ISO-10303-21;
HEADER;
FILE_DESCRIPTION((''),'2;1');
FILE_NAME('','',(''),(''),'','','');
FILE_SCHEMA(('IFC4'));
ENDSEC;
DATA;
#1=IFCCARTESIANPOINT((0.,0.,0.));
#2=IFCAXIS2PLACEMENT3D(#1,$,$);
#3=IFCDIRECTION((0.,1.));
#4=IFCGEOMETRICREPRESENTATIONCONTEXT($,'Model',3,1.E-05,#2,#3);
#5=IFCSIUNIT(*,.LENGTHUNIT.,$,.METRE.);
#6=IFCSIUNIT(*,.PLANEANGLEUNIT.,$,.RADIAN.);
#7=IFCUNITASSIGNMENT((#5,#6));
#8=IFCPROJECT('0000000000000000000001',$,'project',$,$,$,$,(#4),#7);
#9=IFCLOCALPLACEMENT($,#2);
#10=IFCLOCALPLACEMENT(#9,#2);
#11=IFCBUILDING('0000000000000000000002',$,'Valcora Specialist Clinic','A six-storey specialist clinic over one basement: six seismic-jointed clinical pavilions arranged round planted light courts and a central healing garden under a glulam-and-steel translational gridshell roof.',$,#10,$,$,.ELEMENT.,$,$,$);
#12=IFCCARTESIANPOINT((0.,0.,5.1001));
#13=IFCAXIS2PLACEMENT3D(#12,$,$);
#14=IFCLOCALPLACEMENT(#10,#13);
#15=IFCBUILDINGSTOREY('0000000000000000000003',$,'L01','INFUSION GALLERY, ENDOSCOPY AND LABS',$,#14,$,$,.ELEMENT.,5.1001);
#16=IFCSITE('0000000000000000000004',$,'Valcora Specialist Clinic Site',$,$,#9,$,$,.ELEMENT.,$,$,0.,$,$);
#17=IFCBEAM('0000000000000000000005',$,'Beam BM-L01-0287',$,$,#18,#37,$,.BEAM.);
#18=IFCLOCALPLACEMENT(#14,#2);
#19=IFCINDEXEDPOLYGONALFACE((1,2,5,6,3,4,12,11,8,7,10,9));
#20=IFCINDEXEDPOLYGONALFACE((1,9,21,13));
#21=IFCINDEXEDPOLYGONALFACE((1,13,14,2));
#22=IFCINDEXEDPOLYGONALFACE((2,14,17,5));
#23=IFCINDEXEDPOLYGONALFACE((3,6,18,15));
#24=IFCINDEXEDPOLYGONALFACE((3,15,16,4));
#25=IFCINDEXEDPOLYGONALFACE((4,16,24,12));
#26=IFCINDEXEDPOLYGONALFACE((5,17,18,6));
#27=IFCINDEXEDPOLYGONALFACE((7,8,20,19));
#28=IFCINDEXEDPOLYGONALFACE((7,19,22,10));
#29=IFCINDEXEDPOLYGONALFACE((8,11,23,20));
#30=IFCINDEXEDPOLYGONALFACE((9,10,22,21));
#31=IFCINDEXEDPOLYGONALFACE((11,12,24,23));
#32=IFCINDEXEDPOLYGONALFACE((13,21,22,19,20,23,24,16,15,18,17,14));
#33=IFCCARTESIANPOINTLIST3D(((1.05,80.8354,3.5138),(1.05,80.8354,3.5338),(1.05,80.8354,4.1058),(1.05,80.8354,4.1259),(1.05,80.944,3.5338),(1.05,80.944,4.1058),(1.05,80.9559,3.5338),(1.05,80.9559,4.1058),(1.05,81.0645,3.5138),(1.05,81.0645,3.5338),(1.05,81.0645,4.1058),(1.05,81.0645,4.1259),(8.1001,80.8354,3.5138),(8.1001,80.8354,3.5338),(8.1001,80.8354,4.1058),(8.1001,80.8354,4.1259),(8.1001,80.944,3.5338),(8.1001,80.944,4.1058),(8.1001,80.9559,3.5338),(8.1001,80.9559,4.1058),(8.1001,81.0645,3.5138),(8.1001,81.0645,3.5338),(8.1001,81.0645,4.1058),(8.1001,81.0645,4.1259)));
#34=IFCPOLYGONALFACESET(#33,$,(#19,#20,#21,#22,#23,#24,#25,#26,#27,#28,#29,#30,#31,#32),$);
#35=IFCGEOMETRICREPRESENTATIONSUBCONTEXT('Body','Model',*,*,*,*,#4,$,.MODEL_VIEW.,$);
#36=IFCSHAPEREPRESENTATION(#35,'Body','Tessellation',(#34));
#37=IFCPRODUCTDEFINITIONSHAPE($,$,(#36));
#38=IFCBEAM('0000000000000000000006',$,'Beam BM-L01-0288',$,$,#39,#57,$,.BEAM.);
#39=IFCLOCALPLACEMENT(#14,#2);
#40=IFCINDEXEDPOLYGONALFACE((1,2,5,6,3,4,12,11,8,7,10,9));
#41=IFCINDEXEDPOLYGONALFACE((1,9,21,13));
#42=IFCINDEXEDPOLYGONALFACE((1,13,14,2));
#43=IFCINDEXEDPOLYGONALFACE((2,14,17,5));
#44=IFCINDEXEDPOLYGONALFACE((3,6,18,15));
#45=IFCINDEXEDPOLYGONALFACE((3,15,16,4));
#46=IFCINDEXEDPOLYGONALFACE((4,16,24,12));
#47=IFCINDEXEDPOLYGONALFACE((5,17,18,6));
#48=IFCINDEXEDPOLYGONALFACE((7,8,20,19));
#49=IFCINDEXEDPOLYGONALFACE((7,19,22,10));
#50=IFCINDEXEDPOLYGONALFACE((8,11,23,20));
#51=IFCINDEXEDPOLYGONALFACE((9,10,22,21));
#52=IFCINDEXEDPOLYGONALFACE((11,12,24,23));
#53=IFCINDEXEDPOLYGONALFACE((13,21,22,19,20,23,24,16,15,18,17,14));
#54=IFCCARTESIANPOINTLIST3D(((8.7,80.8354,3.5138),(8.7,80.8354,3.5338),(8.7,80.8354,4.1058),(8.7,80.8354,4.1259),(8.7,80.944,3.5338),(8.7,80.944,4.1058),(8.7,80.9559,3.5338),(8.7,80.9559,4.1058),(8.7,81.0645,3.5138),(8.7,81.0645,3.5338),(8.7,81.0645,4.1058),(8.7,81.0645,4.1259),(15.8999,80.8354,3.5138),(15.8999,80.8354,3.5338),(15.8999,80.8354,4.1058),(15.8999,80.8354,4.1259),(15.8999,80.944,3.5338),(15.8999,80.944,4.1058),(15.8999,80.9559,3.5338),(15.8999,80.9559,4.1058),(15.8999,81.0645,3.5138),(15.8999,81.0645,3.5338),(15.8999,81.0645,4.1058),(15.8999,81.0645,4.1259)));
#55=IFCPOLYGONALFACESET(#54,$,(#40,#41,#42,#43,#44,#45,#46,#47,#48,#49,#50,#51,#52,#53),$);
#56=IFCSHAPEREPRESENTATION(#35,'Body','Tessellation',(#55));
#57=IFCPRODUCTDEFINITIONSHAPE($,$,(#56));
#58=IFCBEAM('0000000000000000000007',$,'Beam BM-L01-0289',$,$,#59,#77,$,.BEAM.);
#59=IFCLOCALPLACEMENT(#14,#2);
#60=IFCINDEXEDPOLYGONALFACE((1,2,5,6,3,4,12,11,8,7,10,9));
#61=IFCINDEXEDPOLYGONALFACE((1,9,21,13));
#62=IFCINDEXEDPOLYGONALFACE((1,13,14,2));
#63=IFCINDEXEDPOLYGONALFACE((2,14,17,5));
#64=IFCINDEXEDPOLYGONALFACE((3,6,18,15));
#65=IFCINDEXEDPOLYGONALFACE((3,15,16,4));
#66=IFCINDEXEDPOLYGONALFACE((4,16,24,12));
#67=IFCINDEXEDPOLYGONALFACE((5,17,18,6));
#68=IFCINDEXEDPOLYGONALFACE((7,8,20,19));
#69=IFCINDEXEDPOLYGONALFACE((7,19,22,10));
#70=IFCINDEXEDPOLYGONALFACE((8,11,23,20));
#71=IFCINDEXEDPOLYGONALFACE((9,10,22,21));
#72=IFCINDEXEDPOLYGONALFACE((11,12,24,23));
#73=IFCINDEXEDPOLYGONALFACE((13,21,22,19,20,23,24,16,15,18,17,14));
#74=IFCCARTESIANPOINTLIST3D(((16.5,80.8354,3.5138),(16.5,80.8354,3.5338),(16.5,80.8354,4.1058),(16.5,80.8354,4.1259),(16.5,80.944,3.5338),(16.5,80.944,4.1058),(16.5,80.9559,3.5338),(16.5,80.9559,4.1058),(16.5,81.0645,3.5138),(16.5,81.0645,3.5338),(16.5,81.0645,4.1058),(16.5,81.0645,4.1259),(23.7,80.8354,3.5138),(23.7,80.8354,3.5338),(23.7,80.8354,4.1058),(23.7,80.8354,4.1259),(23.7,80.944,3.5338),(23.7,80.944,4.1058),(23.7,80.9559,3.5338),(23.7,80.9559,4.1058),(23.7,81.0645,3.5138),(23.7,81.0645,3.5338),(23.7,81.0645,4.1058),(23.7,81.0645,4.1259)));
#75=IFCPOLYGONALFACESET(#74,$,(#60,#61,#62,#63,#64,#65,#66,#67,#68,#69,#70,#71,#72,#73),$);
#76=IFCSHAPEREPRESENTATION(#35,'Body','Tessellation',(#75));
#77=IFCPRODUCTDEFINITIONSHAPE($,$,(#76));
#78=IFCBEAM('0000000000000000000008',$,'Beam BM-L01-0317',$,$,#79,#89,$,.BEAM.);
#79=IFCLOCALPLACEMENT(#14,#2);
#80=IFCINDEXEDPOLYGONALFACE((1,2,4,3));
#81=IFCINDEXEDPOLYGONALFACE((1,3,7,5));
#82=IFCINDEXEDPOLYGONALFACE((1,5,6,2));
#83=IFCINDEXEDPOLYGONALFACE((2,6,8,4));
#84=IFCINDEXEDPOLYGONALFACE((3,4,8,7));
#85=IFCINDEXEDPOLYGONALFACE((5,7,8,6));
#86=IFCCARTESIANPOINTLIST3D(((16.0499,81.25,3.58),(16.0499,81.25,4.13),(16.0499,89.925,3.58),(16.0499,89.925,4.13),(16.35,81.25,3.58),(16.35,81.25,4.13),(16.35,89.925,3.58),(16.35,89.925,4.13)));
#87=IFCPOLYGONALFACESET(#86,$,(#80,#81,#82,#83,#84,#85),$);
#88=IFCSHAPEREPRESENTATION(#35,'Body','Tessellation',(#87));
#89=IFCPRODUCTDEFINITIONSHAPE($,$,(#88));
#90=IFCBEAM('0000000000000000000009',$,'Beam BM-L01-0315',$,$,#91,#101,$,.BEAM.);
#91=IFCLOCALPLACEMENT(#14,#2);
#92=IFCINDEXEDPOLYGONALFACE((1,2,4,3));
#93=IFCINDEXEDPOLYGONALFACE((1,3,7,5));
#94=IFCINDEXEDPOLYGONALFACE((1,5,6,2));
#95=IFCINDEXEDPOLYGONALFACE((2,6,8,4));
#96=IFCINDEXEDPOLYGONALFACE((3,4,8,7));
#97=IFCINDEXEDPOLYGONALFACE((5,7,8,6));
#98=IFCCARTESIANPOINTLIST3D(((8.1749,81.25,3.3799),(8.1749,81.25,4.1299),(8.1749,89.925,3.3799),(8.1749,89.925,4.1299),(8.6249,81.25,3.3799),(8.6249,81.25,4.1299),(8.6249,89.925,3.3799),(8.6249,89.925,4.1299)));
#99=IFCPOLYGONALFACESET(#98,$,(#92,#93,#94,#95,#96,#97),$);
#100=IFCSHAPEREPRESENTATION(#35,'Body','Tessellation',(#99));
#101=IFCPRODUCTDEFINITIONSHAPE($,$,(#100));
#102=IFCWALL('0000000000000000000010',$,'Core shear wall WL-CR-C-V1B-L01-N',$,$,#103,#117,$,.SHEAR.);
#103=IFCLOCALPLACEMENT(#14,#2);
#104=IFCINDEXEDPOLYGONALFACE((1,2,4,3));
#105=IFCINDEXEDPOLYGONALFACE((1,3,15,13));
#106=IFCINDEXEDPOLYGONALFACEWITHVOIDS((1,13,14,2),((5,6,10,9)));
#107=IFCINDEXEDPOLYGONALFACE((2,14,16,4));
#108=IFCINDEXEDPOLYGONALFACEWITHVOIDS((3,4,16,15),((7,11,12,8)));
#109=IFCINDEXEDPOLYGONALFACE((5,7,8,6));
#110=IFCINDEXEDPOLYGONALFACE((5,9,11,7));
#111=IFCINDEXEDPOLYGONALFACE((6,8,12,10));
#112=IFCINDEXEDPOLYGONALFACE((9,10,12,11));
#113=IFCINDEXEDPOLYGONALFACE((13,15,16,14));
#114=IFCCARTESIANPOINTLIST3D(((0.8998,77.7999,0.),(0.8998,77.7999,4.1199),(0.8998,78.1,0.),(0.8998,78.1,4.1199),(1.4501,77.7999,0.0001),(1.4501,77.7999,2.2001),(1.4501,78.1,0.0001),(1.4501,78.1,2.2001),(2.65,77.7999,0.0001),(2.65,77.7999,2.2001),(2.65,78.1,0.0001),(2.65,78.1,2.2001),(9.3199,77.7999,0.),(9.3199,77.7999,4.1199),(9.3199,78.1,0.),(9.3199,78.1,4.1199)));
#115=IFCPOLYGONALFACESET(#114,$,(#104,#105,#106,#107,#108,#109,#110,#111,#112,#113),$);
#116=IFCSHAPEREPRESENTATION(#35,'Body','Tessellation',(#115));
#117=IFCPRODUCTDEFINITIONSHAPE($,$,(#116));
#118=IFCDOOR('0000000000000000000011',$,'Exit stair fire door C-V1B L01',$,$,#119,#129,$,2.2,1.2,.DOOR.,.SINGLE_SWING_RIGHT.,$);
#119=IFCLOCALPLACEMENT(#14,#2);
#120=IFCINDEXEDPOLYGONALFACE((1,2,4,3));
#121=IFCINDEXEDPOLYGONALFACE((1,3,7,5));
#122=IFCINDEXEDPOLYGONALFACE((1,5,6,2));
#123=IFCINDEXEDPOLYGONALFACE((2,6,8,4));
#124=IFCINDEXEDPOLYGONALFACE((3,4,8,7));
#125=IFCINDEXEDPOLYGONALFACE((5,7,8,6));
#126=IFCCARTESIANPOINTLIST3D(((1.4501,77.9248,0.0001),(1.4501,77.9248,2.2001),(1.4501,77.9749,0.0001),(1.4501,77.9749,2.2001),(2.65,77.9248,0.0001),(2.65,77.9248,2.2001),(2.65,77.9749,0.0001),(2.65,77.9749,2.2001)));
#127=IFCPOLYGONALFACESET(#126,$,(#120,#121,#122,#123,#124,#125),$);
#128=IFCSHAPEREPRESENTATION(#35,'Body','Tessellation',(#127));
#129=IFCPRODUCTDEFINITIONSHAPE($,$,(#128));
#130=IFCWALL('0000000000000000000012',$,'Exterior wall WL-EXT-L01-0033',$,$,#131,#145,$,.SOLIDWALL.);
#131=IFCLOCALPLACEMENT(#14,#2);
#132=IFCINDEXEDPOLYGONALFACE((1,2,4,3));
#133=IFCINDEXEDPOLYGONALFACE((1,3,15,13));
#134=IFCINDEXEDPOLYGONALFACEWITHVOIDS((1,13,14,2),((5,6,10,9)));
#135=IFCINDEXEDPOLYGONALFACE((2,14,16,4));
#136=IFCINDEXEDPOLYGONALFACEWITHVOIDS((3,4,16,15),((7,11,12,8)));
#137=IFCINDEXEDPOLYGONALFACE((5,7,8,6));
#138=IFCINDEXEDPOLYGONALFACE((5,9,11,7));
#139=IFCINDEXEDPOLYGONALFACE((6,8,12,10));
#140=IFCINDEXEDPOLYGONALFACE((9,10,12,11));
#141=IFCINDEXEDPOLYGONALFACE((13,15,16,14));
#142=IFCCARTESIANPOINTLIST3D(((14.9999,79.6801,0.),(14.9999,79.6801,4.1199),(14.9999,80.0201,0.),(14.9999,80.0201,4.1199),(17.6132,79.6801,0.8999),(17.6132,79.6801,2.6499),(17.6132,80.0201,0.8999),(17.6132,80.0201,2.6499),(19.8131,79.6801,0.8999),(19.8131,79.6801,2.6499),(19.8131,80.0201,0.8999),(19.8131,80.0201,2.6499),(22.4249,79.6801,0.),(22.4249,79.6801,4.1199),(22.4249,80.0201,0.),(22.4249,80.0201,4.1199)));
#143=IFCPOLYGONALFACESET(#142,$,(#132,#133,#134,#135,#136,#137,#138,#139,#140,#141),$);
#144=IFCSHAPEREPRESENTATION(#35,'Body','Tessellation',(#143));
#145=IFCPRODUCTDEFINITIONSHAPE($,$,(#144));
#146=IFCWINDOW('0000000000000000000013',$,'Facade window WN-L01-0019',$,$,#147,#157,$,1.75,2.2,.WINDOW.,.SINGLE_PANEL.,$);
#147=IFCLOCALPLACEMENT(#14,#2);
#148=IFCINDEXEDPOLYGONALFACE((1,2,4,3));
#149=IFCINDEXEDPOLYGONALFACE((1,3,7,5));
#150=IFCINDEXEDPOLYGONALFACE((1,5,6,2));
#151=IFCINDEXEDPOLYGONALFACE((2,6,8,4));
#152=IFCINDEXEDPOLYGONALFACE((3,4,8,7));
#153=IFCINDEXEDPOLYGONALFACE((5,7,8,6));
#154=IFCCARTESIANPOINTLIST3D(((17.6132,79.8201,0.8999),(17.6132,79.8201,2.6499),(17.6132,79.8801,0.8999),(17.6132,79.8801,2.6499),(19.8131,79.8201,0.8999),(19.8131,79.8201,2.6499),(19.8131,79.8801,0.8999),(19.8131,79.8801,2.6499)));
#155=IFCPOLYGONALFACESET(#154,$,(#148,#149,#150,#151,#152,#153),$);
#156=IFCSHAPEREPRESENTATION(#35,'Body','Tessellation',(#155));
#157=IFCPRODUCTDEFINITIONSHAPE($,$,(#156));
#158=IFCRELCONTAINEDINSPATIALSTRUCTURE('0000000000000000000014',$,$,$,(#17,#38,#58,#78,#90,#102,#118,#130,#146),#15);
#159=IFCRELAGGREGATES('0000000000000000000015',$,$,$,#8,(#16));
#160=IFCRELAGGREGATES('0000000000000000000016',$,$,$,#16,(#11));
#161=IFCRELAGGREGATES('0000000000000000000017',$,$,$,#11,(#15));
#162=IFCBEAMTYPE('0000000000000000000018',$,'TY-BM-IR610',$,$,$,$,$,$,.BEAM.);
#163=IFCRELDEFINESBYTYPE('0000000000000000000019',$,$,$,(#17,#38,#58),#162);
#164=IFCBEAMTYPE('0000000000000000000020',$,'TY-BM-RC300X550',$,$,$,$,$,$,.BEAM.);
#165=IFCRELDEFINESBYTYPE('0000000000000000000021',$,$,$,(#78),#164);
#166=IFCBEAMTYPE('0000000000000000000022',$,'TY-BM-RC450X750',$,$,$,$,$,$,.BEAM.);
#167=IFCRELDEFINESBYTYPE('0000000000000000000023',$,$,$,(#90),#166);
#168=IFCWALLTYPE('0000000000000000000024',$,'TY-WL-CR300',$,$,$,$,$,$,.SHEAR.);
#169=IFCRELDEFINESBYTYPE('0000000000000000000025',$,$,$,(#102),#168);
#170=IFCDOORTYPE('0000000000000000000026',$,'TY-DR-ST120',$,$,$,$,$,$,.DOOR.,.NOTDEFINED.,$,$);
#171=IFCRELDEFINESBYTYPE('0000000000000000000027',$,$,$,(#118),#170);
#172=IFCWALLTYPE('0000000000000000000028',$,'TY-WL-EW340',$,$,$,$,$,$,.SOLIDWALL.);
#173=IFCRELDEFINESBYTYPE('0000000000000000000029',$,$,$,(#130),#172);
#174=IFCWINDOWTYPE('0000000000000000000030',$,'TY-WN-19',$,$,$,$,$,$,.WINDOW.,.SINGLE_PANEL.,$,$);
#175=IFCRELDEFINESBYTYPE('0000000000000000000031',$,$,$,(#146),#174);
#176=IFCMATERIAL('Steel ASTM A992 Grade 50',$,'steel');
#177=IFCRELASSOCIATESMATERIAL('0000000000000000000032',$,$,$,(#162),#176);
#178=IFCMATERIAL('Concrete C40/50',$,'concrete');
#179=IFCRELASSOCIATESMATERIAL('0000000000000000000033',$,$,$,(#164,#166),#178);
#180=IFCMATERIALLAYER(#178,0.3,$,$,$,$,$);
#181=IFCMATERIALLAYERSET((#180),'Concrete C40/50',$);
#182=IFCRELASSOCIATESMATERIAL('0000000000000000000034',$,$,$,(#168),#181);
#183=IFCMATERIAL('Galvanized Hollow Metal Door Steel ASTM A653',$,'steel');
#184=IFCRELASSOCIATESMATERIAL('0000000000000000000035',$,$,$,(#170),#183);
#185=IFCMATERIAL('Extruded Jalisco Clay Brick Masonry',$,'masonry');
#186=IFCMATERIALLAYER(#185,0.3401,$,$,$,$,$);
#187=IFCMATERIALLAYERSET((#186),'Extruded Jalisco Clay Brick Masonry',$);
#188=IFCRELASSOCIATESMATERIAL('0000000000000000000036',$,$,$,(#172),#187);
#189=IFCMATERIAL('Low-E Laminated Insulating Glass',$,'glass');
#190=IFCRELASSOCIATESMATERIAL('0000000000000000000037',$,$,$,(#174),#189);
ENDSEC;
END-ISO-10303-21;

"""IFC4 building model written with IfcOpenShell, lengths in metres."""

from ifc_helpers import new_model, si_unit, direction, frame, frame_2d, origin, origin_2d, place, context, subcontext, project, spatial, rectangle, i_section, extrude, material, layer, layer_set, material_profile, profile_set, type_object, element, fill, save


model = new_model("IFC4")

# Units and contexts
model_context = context("Model", 3, precision=1e-05, world=origin(), true_north=direction((0.0, 1.0)))
body_context = subcontext(model_context, "Body", "Model", "MODEL_VIEW")
ifc_project = project(units=[si_unit("LENGTHUNIT", "METRE"), si_unit("PLANEANGLEUNIT", "RADIAN")], contexts=[model_context])

# Site, building, storey
site_placement = place(None, origin())
site = spatial("IfcSite", under=ifc_project, at=site_placement, Name="Valcora Specialist Clinic Site", CompositionType="ELEMENT", RefElevation=0.0)
building_placement = place(site_placement, origin())
building = spatial("IfcBuilding", under=site, at=building_placement, Name="Valcora Specialist Clinic", Description="A six-storey specialist clinic over one basement: six seismic-jointed clinical pavilions arranged round planted light courts and a central healing garden under a glulam-and-steel translational gridshell roof.", CompositionType="ELEMENT")
storey_placement = place(building_placement, frame((0.0, 0.0, 5.1001)))
storey = spatial("IfcBuildingStorey", under=building, at=storey_placement, Name="L01", Description="INFUSION GALLERY, ENDOSCOPY AND LABS", CompositionType="ELEMENT", Elevation=5.1001)

# Shared definitions
ifc_material_1 = material(Name="Concrete C40/50", Category="concrete")

# Beams
ifc_material_2 = material(Name="Steel ASTM A992 Grade 50", Category="steel")
ifc_material_profile_1 = material_profile(ifc_material_2, i_section(OverallWidth=0.229, OverallDepth=0.6121, WebThickness=0.012, FlangeThickness=0.02, at=origin_2d()), Name="ST-IR-610X229")
ifc_profile_set_1 = profile_set([ifc_material_profile_1], Name="Steel ASTM A992 Grade 50")
beam_type_1 = type_object("IfcBeamType", Name="TY-BM-IR610", PredefinedType="BEAM", material=ifc_profile_set_1)
beam_1_placement = place(storey_placement, frame((1.05, 80.95, 3.8198), z_axis=(1.0, 0.0, 0.0), x_axis=(0.0, 1.0, 0.0)))
element("IfcBeam", 1, at=beam_1_placement, inside=storey, type_object=beam_type_1, Name="Beam BM-L01-0287", PredefinedType="BEAM", context=body_context, shape_type="SweptSolid", body=[
    extrude(i_section(OverallWidth=0.229, OverallDepth=0.6121, WebThickness=0.012, FlangeThickness=0.02, at=origin_2d()), origin(), (0.0, 0.0, 1.0), 7.05),
])
for number, where, z_axis, x_axis, name in (
    (2, (8.7, 80.95, 3.8198), (1.0, 0.0, 0.0), (0.0, 1.0, 0.0), "Beam BM-L01-0288"),
    (3, (16.5, 80.95, 3.8198), (1.0, 0.0, 0.0), (0.0, 1.0, 0.0), "Beam BM-L01-0289"),
):
    element("IfcBeam", number, at=place(storey_placement, frame(where, z_axis=z_axis, x_axis=x_axis)), inside=storey, type_object=beam_type_1, Name=name, PredefinedType="BEAM", context=body_context, shape_type="SweptSolid", body=[
        extrude(i_section(OverallWidth=0.229, OverallDepth=0.6121, WebThickness=0.012, FlangeThickness=0.02, at=origin_2d()), origin(), (0.0, 0.0, 1.0), 7.2),
    ])
ifc_material_profile_2 = material_profile(ifc_material_1, rectangle(XDim=0.3, YDim=0.55, at=origin_2d()), Name="RC-BM-300X550")
ifc_profile_set_2 = profile_set([ifc_material_profile_2], Name="Concrete C40/50")
beam_type_2 = type_object("IfcBeamType", Name="TY-BM-RC300X550", PredefinedType="BEAM", material=ifc_profile_set_2)
beam_2_placement = place(storey_placement, frame((16.2, 81.25, 3.855), z_axis=(0.0, 1.0, 0.0), x_axis=(-1.0, 0.0, 0.0)))
element("IfcBeam", 4, at=beam_2_placement, inside=storey, type_object=beam_type_2, Name="Beam BM-L01-0317", PredefinedType="BEAM", context=body_context, shape_type="SweptSolid", body=[
    extrude(rectangle(XDim=0.3, YDim=0.55, at=origin_2d()), origin(), (0.0, 0.0, 1.0), 8.675),
])
ifc_material_profile_3 = material_profile(ifc_material_1, rectangle(XDim=0.45, YDim=0.75, at=origin_2d()), Name="RC-BM-450X750")
ifc_profile_set_3 = profile_set([ifc_material_profile_3], Name="Concrete C40/50")
beam_type_3 = type_object("IfcBeamType", Name="TY-BM-RC450X750", PredefinedType="BEAM", material=ifc_profile_set_3)
beam_3_placement = place(storey_placement, frame((8.3999, 81.25, 3.7549), z_axis=(0.0, 1.0, 0.0), x_axis=(-1.0, 0.0, 0.0)))
element("IfcBeam", 5, at=beam_3_placement, inside=storey, type_object=beam_type_3, Name="Beam BM-L01-0315", PredefinedType="BEAM", context=body_context, shape_type="SweptSolid", body=[
    extrude(rectangle(XDim=0.45, YDim=0.75, at=origin_2d()), origin(), (0.0, 0.0, 1.0), 8.675),
])

# Wall, opening, door
ifc_layer_1 = layer(ifc_material_1, 0.3)
ifc_layer_set_1 = layer_set([ifc_layer_1], Name="Concrete C40/50")
wall_type_1 = type_object("IfcWallType", Name="TY-WL-CR300", PredefinedType="SHEAR", material=ifc_layer_set_1)
wall_1_placement = place(storey_placement, frame((0.8999, 77.95, 0.0), z_axis=(0.0, 0.0, 1.0), x_axis=(1.0, 0.0, 0.0)))
wall_1 = element("IfcWall", 6, at=wall_1_placement, inside=storey, type_object=wall_type_1, Name="Core shear wall WL-CR-C-V1B-L01-N", PredefinedType="SHEAR", context=body_context, shape_type="SweptSolid", body=[
    extrude(rectangle(XDim=8.4202, YDim=0.3, at=frame_2d((4.21, 0.0))), origin(), (0.0, 0.0, 1.0), 4.1199),
])
opening_1_placement = place(wall_1_placement, frame((0.55, 0.0, 0.0)))
opening_1 = element("IfcOpeningElement", 7, at=opening_1_placement, cuts=wall_1, PredefinedType="OPENING", context=body_context, shape_type="SweptSolid", body=[
    extrude(rectangle(XDim=1.2, YDim=2.2, at=frame_2d((0.6001, 1.1001))), frame((0.0, 0.1599, 0.0), z_axis=(0.0, -1.0, 0.0), x_axis=(1.0, 0.0, 0.0)), (0.0, 0.0, 1.0), 0.3201),
])
ifc_material_3 = material(Name="Galvanized Hollow Metal Door Steel ASTM A653", Category="steel")
door_type = type_object("IfcDoorType", Name="TY-DR-ST120", OperationType="NOTDEFINED", PredefinedType="DOOR", material=ifc_material_3)
door_placement = place(opening_1_placement, origin())
door = element("IfcDoor", 8, at=door_placement, inside=storey, type_object=door_type, Name="Exit stair fire door C-V1B L01", OperationType="SINGLE_SWING_RIGHT", OverallHeight=2.2, OverallWidth=1.2, PredefinedType="DOOR", context=body_context, shape_type="SweptSolid", body=[
    extrude(rectangle(XDim=1.2, YDim=2.2, at=frame_2d((0.6001, 1.1001))), frame((0.0, 0.0249, 0.0), z_axis=(0.0, -1.0, 0.0), x_axis=(1.0, 0.0, 0.0)), (0.0, 0.0, 1.0), 0.05),
])
fill(opening_1, door)

# Wall, opening, window
ifc_material_4 = material(Name="Extruded Jalisco Clay Brick Masonry", Category="masonry")
ifc_layer_2 = layer(ifc_material_4, 0.3401)
ifc_layer_set_2 = layer_set([ifc_layer_2], Name="Extruded Jalisco Clay Brick Masonry")
wall_type_2 = type_object("IfcWallType", Name="TY-WL-EW340", PredefinedType="SOLIDWALL", material=ifc_layer_set_2)
wall_2_placement = place(storey_placement, frame((15.0, 79.8501, 0.0), z_axis=(0.0, 0.0, 1.0), x_axis=(1.0, 0.0, 0.0)))
wall_2 = element("IfcWall", 9, at=wall_2_placement, inside=storey, type_object=wall_type_2, Name="Exterior wall WL-EXT-L01-0033", PredefinedType="SOLIDWALL", context=body_context, shape_type="SweptSolid", body=[
    extrude(rectangle(XDim=7.425, YDim=0.3401, at=frame_2d((3.7124, 0.0))), origin(), (0.0, 0.0, 1.0), 4.1199),
])
opening_2_placement = place(wall_2_placement, frame((2.613, 0.0, 0.8999)))
opening_2 = element("IfcOpeningElement", 10, at=opening_2_placement, cuts=wall_2, PredefinedType="OPENING", context=body_context, shape_type="SweptSolid", body=[
    extrude(rectangle(XDim=2.2, YDim=1.75, at=frame_2d((1.1001, 0.875))), frame((0.0, 0.1799, 0.0), z_axis=(0.0, -1.0, 0.0), x_axis=(1.0, 0.0, 0.0)), (0.0, 0.0, 1.0), 0.3601),
])
ifc_material_5 = material(Name="Low-E Laminated Insulating Glass", Category="glass")
window_type_1 = type_object("IfcWindowType", Name="TY-WN-19", PartitioningType="SINGLE_PANEL", PredefinedType="WINDOW", material=ifc_material_5)
window_1_placement = place(opening_2_placement, origin())
window_1 = element("IfcWindow", 11, at=window_1_placement, inside=storey, type_object=window_type_1, Name="Facade window WN-L01-0019", OverallHeight=1.75, OverallWidth=2.2, PartitioningType="SINGLE_PANEL", PredefinedType="WINDOW", context=body_context, shape_type="SweptSolid", body=[
    extrude(rectangle(XDim=2.2, YDim=1.75, at=frame_2d((1.1001, 0.875))), frame((0.0, 0.03, 0.0), z_axis=(0.0, -1.0, 0.0), x_axis=(1.0, 0.0, 0.0)), (0.0, 0.0, 1.0), 0.0601),
])
fill(opening_2, window_1)

save(model, "model.ifc")
